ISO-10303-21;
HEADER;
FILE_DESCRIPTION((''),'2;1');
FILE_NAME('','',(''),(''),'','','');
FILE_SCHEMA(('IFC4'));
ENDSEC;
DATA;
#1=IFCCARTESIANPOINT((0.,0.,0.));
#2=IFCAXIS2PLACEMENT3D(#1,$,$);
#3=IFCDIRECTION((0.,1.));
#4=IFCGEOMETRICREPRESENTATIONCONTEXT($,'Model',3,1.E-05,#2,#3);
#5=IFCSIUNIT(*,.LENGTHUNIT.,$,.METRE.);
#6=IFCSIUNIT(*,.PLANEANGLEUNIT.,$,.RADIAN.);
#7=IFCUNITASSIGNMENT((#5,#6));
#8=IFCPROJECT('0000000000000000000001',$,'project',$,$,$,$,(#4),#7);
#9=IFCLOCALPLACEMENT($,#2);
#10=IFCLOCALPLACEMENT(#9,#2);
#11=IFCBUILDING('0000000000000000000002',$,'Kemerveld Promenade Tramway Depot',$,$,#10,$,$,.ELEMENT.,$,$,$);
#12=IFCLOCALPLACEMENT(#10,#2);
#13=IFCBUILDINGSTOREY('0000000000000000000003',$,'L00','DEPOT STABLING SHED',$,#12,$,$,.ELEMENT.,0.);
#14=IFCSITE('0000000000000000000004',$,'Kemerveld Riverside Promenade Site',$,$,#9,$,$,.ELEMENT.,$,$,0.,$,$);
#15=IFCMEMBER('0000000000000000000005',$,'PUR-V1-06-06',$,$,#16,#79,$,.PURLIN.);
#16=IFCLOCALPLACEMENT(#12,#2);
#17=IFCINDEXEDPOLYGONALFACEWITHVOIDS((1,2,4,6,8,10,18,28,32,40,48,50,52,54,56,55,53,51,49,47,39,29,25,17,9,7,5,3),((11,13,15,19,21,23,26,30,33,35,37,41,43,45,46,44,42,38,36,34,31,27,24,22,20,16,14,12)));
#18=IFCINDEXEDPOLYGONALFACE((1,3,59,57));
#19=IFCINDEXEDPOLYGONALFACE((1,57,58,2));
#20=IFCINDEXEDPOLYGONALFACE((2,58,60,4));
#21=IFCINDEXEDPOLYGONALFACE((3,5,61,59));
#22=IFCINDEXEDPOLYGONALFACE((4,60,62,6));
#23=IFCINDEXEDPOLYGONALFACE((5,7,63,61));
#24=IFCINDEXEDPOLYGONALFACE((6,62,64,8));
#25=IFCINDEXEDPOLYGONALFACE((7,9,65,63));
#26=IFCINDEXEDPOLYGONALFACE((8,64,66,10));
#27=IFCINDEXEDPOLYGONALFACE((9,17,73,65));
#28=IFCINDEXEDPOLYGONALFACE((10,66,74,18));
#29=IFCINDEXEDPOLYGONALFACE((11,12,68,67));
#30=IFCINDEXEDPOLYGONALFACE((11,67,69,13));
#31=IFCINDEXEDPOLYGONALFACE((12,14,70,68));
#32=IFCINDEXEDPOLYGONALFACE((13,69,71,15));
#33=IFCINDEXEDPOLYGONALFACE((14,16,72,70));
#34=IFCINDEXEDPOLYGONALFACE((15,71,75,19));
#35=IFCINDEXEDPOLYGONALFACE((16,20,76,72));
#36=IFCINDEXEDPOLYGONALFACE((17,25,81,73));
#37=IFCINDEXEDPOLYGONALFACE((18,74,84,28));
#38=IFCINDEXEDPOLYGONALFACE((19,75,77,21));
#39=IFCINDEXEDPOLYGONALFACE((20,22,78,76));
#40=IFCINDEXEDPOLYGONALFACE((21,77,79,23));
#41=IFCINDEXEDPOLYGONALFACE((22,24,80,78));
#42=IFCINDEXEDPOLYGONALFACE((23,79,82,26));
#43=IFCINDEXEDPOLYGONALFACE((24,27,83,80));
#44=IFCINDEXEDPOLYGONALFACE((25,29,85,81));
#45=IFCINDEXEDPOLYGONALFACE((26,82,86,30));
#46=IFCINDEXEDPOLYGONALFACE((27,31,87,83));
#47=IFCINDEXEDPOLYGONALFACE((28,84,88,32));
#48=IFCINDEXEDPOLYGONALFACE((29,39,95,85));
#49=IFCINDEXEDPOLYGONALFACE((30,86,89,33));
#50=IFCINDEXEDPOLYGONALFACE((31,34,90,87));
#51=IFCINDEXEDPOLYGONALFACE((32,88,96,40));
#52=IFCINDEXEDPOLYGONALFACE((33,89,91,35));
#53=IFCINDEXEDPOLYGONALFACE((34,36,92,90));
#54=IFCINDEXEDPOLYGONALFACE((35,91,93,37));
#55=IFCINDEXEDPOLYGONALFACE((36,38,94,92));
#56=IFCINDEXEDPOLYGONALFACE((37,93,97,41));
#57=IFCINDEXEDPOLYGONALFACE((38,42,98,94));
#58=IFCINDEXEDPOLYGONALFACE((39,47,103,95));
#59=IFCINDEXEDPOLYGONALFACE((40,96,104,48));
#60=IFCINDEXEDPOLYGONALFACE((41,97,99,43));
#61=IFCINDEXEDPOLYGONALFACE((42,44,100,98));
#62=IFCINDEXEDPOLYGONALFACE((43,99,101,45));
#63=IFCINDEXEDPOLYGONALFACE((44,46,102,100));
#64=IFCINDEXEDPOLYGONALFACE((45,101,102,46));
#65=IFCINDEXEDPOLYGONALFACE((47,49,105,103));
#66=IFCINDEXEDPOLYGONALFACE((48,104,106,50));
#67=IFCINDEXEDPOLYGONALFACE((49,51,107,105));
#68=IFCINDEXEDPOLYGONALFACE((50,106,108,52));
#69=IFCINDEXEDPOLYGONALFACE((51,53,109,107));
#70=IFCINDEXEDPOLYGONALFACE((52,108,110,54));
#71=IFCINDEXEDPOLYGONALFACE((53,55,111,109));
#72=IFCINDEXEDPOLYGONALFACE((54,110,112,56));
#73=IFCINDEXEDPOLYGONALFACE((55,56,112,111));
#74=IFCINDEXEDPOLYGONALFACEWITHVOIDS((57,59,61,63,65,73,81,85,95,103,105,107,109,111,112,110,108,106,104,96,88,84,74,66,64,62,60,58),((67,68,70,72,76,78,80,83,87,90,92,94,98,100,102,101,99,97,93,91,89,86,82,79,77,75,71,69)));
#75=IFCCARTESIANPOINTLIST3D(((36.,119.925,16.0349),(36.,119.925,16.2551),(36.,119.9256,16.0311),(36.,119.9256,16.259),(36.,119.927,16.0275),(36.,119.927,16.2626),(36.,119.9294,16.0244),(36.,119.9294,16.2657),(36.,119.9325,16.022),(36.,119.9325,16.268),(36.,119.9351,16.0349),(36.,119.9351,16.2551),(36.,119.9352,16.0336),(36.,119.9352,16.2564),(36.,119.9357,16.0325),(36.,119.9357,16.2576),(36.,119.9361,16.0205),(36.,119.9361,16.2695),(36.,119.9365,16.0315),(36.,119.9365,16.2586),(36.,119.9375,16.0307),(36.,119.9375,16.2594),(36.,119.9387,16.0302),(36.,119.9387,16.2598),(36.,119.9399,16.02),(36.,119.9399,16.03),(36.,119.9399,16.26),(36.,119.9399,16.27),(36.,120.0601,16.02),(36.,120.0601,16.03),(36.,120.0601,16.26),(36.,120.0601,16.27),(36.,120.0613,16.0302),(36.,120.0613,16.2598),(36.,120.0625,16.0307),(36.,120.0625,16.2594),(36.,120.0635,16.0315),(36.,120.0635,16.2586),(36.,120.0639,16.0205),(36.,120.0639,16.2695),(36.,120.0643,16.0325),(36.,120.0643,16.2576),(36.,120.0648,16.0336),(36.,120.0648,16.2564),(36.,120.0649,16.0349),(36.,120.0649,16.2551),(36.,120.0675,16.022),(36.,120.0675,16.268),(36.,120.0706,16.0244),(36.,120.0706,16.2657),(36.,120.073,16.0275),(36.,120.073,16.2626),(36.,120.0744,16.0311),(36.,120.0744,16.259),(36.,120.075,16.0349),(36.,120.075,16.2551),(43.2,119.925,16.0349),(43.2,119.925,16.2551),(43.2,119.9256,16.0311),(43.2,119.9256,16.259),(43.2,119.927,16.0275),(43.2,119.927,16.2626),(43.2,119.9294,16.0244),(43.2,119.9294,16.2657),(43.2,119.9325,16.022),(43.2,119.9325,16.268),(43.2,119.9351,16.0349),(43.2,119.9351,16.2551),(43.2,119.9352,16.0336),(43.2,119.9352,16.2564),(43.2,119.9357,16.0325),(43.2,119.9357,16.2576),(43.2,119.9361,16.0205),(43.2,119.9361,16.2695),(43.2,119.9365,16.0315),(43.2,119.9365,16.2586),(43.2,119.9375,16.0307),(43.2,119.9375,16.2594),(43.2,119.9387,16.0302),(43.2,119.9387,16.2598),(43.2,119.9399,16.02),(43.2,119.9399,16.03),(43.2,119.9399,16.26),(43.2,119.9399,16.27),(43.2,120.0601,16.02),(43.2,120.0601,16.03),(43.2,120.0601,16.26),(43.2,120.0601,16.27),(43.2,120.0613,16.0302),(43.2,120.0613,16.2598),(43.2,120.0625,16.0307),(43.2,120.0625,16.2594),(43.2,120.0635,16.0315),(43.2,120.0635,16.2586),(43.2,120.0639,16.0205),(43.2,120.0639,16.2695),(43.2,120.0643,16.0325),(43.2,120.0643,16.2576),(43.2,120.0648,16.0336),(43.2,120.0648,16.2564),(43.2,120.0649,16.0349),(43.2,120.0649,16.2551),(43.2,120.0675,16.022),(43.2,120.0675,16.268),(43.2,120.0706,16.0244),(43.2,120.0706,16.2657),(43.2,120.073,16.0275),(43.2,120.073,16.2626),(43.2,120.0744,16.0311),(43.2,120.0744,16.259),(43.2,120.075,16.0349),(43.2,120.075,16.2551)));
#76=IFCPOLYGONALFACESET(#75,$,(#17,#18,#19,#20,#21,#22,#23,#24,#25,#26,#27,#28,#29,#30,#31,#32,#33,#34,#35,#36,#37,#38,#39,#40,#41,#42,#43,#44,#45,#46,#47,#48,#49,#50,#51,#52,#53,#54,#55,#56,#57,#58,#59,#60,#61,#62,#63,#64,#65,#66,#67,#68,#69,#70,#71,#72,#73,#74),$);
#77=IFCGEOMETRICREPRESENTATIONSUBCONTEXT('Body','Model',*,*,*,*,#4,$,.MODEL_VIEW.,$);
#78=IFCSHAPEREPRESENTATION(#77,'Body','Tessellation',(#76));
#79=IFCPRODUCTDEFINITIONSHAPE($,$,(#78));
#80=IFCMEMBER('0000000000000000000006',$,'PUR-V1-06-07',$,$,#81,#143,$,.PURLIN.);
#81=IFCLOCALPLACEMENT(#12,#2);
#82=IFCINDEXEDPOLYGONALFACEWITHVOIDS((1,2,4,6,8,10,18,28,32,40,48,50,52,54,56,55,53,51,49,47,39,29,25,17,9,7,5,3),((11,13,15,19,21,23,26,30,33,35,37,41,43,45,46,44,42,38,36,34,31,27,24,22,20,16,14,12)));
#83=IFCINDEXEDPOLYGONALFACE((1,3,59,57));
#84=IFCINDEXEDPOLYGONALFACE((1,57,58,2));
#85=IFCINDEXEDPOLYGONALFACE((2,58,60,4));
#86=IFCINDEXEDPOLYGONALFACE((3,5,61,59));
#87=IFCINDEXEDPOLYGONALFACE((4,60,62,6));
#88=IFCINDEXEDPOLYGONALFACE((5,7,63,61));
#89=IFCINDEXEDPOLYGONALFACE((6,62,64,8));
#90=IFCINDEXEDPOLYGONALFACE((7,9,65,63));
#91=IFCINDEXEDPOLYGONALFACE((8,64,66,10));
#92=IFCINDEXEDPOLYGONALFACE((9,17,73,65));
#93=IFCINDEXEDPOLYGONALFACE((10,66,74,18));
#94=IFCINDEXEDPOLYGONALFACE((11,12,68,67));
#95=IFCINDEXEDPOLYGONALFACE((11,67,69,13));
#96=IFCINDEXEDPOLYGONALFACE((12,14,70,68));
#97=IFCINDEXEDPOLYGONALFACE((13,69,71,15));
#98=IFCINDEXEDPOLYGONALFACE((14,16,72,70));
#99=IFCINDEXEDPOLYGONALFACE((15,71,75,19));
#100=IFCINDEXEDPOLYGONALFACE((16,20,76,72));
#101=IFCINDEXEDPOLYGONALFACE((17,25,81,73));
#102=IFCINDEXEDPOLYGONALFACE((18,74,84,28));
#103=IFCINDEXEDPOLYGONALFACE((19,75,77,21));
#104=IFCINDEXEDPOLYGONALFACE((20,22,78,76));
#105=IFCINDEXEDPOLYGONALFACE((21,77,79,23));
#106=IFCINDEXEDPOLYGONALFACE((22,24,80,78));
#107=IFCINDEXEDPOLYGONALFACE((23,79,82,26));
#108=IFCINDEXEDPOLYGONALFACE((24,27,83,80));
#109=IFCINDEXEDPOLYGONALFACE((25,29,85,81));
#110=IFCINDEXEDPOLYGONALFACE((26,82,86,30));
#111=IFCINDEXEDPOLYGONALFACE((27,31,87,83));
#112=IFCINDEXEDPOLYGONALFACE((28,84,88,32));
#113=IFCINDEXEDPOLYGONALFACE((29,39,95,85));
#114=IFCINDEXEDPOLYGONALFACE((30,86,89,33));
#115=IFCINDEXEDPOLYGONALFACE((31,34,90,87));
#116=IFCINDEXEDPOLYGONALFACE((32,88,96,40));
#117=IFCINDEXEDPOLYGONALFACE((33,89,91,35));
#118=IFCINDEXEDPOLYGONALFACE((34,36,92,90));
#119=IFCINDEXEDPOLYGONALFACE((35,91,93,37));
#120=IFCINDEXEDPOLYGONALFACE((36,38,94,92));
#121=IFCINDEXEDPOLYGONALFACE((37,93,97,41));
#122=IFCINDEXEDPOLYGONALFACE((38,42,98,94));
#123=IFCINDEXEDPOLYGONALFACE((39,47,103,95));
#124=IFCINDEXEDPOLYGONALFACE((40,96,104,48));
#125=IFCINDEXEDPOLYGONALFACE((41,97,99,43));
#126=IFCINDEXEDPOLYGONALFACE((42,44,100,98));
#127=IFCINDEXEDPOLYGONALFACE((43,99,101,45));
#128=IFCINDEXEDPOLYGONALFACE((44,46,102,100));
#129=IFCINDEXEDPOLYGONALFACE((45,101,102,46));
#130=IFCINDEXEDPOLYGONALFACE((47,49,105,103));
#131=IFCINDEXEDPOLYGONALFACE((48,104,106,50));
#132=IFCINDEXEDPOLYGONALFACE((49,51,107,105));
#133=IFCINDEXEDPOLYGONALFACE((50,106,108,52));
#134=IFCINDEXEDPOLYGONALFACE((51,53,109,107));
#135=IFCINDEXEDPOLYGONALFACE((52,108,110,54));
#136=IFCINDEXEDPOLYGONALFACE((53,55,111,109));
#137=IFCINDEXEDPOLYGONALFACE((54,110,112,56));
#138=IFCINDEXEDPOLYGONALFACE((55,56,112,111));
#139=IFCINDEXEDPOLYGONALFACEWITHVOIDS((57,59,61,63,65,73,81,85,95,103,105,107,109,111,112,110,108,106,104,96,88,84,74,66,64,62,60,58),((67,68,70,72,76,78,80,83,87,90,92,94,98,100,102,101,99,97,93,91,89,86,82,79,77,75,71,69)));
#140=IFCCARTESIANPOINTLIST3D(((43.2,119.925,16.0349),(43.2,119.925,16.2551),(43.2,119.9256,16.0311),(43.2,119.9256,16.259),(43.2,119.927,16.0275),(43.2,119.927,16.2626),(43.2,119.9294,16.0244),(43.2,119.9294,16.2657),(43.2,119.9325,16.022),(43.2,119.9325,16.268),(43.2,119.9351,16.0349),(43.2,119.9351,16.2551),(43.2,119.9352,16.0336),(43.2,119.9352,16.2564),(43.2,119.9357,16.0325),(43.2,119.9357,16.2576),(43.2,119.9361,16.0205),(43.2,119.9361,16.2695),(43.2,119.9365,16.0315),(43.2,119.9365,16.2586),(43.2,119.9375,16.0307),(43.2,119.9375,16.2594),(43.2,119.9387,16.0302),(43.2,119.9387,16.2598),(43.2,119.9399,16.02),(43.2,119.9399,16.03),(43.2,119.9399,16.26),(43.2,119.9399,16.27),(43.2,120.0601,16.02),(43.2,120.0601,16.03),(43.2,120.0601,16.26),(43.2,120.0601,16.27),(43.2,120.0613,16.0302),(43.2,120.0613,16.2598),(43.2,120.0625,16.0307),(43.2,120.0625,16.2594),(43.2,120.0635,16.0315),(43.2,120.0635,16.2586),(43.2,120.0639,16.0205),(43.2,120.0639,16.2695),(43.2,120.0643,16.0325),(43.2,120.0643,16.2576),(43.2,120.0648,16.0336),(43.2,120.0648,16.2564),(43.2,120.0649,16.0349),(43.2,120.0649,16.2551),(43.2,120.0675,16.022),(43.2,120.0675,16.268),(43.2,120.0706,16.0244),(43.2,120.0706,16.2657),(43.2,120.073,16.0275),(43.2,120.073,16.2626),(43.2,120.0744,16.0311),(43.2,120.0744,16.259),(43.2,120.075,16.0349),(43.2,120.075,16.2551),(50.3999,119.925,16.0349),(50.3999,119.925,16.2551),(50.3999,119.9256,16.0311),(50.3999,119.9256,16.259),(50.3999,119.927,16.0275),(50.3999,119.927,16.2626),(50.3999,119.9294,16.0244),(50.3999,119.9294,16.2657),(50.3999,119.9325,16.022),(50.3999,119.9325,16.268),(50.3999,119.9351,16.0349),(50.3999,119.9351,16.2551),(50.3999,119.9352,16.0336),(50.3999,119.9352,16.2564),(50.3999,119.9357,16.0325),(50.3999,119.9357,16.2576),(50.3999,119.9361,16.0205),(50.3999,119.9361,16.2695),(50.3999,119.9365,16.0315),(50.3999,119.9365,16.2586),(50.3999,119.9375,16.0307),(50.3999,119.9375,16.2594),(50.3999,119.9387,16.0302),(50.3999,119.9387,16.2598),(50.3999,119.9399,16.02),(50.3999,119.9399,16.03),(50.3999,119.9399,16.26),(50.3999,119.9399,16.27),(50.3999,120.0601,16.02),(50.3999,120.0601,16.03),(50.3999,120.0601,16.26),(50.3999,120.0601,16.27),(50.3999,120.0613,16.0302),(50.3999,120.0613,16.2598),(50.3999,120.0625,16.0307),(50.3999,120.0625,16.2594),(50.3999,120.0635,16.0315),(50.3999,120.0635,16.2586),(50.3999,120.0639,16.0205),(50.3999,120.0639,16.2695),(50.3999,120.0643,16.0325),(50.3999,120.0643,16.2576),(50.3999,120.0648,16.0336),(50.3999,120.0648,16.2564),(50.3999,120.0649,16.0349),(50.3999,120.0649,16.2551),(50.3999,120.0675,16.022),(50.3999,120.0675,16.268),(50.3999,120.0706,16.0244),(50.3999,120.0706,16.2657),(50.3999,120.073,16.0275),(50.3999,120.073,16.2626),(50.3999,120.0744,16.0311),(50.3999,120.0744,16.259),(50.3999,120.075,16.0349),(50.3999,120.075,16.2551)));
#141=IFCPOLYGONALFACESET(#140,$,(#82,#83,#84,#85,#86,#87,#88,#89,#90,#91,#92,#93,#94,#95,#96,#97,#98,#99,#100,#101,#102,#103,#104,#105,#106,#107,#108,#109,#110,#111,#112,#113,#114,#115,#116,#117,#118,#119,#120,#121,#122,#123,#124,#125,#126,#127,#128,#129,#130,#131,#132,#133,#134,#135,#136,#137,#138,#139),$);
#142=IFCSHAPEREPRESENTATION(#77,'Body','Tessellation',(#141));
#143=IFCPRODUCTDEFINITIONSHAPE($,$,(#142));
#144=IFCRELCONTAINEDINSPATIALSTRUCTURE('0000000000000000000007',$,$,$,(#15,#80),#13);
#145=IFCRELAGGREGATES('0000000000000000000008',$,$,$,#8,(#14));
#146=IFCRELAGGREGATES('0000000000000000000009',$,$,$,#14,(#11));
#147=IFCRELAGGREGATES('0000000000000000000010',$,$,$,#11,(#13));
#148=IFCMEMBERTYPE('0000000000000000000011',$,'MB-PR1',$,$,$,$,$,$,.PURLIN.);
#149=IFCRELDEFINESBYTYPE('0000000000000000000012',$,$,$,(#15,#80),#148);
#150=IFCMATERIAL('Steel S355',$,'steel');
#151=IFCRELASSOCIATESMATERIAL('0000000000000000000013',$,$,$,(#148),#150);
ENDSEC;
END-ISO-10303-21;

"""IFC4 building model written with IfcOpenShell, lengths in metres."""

from ifc_helpers import new_model, si_unit, direction, frame, origin, origin_2d, place, context, subcontext, project, spatial, hollow_rectangle, extrude, material, material_profile, profile_set, type_object, element, save


model = new_model("IFC4")

# Units and contexts
model_context = context("Model", 3, precision=1e-05, world=origin(), true_north=direction((0.0, 1.0)))
body_context = subcontext(model_context, "Body", "Model", "MODEL_VIEW")
ifc_project = project(units=[si_unit("LENGTHUNIT", "METRE"), si_unit("PLANEANGLEUNIT", "RADIAN")], contexts=[model_context])

# Site, building, storey
site_placement = place(None, origin())
site = spatial("IfcSite", under=ifc_project, at=site_placement, Name="Kemerveld Riverside Promenade Site", CompositionType="ELEMENT", RefElevation=0.0)
building_placement = place(site_placement, origin())
building = spatial("IfcBuilding", under=site, at=building_placement, Name="Kemerveld Promenade Tramway Depot", CompositionType="ELEMENT")
storey_placement = place(building_placement, origin())
storey = spatial("IfcBuildingStorey", under=building, at=storey_placement, Name="L00", Description="DEPOT STABLING SHED", CompositionType="ELEMENT", Elevation=0.0)

# Members
ifc_material_1 = material(Name="Steel S355", Category="steel")
ifc_material_profile_1 = material_profile(ifc_material_1, hollow_rectangle(XDim=0.1499, YDim=0.25, WallThickness=0.01, InnerFilletRadius=0.0049, OuterFilletRadius=0.0149, at=origin_2d()), Name="250x150x10.0 RHS")
ifc_profile_set_1 = profile_set([ifc_material_profile_1], Name="Steel S355")
member_type_1 = type_object("IfcMemberType", Name="MB-PR1", PredefinedType="PURLIN", material=ifc_profile_set_1)
for number, where, z_axis, x_axis, name in (
    (1, (36.0, 120.0, 16.145), (1.0, 0.0, 0.0), (0.0, 1.0, 0.0), "PUR-V1-06-06"),
    (2, (43.2, 120.0, 16.145), (1.0, 0.0, 0.0), (0.0, 1.0, 0.0), "PUR-V1-06-07"),
):
    element("IfcMember", number, at=place(storey_placement, frame(where, z_axis=z_axis, x_axis=x_axis)), inside=storey, type_object=member_type_1, Name=name, PredefinedType="PURLIN", context=body_context, shape_type="SweptSolid", body=[
        extrude(hollow_rectangle(XDim=0.1499, YDim=0.25, WallThickness=0.01, InnerFilletRadius=0.0049, OuterFilletRadius=0.0149, at=origin_2d()), origin(), (0.0, 0.0, 1.0), 7.2),
    ])

save(model, "model.ifc")
